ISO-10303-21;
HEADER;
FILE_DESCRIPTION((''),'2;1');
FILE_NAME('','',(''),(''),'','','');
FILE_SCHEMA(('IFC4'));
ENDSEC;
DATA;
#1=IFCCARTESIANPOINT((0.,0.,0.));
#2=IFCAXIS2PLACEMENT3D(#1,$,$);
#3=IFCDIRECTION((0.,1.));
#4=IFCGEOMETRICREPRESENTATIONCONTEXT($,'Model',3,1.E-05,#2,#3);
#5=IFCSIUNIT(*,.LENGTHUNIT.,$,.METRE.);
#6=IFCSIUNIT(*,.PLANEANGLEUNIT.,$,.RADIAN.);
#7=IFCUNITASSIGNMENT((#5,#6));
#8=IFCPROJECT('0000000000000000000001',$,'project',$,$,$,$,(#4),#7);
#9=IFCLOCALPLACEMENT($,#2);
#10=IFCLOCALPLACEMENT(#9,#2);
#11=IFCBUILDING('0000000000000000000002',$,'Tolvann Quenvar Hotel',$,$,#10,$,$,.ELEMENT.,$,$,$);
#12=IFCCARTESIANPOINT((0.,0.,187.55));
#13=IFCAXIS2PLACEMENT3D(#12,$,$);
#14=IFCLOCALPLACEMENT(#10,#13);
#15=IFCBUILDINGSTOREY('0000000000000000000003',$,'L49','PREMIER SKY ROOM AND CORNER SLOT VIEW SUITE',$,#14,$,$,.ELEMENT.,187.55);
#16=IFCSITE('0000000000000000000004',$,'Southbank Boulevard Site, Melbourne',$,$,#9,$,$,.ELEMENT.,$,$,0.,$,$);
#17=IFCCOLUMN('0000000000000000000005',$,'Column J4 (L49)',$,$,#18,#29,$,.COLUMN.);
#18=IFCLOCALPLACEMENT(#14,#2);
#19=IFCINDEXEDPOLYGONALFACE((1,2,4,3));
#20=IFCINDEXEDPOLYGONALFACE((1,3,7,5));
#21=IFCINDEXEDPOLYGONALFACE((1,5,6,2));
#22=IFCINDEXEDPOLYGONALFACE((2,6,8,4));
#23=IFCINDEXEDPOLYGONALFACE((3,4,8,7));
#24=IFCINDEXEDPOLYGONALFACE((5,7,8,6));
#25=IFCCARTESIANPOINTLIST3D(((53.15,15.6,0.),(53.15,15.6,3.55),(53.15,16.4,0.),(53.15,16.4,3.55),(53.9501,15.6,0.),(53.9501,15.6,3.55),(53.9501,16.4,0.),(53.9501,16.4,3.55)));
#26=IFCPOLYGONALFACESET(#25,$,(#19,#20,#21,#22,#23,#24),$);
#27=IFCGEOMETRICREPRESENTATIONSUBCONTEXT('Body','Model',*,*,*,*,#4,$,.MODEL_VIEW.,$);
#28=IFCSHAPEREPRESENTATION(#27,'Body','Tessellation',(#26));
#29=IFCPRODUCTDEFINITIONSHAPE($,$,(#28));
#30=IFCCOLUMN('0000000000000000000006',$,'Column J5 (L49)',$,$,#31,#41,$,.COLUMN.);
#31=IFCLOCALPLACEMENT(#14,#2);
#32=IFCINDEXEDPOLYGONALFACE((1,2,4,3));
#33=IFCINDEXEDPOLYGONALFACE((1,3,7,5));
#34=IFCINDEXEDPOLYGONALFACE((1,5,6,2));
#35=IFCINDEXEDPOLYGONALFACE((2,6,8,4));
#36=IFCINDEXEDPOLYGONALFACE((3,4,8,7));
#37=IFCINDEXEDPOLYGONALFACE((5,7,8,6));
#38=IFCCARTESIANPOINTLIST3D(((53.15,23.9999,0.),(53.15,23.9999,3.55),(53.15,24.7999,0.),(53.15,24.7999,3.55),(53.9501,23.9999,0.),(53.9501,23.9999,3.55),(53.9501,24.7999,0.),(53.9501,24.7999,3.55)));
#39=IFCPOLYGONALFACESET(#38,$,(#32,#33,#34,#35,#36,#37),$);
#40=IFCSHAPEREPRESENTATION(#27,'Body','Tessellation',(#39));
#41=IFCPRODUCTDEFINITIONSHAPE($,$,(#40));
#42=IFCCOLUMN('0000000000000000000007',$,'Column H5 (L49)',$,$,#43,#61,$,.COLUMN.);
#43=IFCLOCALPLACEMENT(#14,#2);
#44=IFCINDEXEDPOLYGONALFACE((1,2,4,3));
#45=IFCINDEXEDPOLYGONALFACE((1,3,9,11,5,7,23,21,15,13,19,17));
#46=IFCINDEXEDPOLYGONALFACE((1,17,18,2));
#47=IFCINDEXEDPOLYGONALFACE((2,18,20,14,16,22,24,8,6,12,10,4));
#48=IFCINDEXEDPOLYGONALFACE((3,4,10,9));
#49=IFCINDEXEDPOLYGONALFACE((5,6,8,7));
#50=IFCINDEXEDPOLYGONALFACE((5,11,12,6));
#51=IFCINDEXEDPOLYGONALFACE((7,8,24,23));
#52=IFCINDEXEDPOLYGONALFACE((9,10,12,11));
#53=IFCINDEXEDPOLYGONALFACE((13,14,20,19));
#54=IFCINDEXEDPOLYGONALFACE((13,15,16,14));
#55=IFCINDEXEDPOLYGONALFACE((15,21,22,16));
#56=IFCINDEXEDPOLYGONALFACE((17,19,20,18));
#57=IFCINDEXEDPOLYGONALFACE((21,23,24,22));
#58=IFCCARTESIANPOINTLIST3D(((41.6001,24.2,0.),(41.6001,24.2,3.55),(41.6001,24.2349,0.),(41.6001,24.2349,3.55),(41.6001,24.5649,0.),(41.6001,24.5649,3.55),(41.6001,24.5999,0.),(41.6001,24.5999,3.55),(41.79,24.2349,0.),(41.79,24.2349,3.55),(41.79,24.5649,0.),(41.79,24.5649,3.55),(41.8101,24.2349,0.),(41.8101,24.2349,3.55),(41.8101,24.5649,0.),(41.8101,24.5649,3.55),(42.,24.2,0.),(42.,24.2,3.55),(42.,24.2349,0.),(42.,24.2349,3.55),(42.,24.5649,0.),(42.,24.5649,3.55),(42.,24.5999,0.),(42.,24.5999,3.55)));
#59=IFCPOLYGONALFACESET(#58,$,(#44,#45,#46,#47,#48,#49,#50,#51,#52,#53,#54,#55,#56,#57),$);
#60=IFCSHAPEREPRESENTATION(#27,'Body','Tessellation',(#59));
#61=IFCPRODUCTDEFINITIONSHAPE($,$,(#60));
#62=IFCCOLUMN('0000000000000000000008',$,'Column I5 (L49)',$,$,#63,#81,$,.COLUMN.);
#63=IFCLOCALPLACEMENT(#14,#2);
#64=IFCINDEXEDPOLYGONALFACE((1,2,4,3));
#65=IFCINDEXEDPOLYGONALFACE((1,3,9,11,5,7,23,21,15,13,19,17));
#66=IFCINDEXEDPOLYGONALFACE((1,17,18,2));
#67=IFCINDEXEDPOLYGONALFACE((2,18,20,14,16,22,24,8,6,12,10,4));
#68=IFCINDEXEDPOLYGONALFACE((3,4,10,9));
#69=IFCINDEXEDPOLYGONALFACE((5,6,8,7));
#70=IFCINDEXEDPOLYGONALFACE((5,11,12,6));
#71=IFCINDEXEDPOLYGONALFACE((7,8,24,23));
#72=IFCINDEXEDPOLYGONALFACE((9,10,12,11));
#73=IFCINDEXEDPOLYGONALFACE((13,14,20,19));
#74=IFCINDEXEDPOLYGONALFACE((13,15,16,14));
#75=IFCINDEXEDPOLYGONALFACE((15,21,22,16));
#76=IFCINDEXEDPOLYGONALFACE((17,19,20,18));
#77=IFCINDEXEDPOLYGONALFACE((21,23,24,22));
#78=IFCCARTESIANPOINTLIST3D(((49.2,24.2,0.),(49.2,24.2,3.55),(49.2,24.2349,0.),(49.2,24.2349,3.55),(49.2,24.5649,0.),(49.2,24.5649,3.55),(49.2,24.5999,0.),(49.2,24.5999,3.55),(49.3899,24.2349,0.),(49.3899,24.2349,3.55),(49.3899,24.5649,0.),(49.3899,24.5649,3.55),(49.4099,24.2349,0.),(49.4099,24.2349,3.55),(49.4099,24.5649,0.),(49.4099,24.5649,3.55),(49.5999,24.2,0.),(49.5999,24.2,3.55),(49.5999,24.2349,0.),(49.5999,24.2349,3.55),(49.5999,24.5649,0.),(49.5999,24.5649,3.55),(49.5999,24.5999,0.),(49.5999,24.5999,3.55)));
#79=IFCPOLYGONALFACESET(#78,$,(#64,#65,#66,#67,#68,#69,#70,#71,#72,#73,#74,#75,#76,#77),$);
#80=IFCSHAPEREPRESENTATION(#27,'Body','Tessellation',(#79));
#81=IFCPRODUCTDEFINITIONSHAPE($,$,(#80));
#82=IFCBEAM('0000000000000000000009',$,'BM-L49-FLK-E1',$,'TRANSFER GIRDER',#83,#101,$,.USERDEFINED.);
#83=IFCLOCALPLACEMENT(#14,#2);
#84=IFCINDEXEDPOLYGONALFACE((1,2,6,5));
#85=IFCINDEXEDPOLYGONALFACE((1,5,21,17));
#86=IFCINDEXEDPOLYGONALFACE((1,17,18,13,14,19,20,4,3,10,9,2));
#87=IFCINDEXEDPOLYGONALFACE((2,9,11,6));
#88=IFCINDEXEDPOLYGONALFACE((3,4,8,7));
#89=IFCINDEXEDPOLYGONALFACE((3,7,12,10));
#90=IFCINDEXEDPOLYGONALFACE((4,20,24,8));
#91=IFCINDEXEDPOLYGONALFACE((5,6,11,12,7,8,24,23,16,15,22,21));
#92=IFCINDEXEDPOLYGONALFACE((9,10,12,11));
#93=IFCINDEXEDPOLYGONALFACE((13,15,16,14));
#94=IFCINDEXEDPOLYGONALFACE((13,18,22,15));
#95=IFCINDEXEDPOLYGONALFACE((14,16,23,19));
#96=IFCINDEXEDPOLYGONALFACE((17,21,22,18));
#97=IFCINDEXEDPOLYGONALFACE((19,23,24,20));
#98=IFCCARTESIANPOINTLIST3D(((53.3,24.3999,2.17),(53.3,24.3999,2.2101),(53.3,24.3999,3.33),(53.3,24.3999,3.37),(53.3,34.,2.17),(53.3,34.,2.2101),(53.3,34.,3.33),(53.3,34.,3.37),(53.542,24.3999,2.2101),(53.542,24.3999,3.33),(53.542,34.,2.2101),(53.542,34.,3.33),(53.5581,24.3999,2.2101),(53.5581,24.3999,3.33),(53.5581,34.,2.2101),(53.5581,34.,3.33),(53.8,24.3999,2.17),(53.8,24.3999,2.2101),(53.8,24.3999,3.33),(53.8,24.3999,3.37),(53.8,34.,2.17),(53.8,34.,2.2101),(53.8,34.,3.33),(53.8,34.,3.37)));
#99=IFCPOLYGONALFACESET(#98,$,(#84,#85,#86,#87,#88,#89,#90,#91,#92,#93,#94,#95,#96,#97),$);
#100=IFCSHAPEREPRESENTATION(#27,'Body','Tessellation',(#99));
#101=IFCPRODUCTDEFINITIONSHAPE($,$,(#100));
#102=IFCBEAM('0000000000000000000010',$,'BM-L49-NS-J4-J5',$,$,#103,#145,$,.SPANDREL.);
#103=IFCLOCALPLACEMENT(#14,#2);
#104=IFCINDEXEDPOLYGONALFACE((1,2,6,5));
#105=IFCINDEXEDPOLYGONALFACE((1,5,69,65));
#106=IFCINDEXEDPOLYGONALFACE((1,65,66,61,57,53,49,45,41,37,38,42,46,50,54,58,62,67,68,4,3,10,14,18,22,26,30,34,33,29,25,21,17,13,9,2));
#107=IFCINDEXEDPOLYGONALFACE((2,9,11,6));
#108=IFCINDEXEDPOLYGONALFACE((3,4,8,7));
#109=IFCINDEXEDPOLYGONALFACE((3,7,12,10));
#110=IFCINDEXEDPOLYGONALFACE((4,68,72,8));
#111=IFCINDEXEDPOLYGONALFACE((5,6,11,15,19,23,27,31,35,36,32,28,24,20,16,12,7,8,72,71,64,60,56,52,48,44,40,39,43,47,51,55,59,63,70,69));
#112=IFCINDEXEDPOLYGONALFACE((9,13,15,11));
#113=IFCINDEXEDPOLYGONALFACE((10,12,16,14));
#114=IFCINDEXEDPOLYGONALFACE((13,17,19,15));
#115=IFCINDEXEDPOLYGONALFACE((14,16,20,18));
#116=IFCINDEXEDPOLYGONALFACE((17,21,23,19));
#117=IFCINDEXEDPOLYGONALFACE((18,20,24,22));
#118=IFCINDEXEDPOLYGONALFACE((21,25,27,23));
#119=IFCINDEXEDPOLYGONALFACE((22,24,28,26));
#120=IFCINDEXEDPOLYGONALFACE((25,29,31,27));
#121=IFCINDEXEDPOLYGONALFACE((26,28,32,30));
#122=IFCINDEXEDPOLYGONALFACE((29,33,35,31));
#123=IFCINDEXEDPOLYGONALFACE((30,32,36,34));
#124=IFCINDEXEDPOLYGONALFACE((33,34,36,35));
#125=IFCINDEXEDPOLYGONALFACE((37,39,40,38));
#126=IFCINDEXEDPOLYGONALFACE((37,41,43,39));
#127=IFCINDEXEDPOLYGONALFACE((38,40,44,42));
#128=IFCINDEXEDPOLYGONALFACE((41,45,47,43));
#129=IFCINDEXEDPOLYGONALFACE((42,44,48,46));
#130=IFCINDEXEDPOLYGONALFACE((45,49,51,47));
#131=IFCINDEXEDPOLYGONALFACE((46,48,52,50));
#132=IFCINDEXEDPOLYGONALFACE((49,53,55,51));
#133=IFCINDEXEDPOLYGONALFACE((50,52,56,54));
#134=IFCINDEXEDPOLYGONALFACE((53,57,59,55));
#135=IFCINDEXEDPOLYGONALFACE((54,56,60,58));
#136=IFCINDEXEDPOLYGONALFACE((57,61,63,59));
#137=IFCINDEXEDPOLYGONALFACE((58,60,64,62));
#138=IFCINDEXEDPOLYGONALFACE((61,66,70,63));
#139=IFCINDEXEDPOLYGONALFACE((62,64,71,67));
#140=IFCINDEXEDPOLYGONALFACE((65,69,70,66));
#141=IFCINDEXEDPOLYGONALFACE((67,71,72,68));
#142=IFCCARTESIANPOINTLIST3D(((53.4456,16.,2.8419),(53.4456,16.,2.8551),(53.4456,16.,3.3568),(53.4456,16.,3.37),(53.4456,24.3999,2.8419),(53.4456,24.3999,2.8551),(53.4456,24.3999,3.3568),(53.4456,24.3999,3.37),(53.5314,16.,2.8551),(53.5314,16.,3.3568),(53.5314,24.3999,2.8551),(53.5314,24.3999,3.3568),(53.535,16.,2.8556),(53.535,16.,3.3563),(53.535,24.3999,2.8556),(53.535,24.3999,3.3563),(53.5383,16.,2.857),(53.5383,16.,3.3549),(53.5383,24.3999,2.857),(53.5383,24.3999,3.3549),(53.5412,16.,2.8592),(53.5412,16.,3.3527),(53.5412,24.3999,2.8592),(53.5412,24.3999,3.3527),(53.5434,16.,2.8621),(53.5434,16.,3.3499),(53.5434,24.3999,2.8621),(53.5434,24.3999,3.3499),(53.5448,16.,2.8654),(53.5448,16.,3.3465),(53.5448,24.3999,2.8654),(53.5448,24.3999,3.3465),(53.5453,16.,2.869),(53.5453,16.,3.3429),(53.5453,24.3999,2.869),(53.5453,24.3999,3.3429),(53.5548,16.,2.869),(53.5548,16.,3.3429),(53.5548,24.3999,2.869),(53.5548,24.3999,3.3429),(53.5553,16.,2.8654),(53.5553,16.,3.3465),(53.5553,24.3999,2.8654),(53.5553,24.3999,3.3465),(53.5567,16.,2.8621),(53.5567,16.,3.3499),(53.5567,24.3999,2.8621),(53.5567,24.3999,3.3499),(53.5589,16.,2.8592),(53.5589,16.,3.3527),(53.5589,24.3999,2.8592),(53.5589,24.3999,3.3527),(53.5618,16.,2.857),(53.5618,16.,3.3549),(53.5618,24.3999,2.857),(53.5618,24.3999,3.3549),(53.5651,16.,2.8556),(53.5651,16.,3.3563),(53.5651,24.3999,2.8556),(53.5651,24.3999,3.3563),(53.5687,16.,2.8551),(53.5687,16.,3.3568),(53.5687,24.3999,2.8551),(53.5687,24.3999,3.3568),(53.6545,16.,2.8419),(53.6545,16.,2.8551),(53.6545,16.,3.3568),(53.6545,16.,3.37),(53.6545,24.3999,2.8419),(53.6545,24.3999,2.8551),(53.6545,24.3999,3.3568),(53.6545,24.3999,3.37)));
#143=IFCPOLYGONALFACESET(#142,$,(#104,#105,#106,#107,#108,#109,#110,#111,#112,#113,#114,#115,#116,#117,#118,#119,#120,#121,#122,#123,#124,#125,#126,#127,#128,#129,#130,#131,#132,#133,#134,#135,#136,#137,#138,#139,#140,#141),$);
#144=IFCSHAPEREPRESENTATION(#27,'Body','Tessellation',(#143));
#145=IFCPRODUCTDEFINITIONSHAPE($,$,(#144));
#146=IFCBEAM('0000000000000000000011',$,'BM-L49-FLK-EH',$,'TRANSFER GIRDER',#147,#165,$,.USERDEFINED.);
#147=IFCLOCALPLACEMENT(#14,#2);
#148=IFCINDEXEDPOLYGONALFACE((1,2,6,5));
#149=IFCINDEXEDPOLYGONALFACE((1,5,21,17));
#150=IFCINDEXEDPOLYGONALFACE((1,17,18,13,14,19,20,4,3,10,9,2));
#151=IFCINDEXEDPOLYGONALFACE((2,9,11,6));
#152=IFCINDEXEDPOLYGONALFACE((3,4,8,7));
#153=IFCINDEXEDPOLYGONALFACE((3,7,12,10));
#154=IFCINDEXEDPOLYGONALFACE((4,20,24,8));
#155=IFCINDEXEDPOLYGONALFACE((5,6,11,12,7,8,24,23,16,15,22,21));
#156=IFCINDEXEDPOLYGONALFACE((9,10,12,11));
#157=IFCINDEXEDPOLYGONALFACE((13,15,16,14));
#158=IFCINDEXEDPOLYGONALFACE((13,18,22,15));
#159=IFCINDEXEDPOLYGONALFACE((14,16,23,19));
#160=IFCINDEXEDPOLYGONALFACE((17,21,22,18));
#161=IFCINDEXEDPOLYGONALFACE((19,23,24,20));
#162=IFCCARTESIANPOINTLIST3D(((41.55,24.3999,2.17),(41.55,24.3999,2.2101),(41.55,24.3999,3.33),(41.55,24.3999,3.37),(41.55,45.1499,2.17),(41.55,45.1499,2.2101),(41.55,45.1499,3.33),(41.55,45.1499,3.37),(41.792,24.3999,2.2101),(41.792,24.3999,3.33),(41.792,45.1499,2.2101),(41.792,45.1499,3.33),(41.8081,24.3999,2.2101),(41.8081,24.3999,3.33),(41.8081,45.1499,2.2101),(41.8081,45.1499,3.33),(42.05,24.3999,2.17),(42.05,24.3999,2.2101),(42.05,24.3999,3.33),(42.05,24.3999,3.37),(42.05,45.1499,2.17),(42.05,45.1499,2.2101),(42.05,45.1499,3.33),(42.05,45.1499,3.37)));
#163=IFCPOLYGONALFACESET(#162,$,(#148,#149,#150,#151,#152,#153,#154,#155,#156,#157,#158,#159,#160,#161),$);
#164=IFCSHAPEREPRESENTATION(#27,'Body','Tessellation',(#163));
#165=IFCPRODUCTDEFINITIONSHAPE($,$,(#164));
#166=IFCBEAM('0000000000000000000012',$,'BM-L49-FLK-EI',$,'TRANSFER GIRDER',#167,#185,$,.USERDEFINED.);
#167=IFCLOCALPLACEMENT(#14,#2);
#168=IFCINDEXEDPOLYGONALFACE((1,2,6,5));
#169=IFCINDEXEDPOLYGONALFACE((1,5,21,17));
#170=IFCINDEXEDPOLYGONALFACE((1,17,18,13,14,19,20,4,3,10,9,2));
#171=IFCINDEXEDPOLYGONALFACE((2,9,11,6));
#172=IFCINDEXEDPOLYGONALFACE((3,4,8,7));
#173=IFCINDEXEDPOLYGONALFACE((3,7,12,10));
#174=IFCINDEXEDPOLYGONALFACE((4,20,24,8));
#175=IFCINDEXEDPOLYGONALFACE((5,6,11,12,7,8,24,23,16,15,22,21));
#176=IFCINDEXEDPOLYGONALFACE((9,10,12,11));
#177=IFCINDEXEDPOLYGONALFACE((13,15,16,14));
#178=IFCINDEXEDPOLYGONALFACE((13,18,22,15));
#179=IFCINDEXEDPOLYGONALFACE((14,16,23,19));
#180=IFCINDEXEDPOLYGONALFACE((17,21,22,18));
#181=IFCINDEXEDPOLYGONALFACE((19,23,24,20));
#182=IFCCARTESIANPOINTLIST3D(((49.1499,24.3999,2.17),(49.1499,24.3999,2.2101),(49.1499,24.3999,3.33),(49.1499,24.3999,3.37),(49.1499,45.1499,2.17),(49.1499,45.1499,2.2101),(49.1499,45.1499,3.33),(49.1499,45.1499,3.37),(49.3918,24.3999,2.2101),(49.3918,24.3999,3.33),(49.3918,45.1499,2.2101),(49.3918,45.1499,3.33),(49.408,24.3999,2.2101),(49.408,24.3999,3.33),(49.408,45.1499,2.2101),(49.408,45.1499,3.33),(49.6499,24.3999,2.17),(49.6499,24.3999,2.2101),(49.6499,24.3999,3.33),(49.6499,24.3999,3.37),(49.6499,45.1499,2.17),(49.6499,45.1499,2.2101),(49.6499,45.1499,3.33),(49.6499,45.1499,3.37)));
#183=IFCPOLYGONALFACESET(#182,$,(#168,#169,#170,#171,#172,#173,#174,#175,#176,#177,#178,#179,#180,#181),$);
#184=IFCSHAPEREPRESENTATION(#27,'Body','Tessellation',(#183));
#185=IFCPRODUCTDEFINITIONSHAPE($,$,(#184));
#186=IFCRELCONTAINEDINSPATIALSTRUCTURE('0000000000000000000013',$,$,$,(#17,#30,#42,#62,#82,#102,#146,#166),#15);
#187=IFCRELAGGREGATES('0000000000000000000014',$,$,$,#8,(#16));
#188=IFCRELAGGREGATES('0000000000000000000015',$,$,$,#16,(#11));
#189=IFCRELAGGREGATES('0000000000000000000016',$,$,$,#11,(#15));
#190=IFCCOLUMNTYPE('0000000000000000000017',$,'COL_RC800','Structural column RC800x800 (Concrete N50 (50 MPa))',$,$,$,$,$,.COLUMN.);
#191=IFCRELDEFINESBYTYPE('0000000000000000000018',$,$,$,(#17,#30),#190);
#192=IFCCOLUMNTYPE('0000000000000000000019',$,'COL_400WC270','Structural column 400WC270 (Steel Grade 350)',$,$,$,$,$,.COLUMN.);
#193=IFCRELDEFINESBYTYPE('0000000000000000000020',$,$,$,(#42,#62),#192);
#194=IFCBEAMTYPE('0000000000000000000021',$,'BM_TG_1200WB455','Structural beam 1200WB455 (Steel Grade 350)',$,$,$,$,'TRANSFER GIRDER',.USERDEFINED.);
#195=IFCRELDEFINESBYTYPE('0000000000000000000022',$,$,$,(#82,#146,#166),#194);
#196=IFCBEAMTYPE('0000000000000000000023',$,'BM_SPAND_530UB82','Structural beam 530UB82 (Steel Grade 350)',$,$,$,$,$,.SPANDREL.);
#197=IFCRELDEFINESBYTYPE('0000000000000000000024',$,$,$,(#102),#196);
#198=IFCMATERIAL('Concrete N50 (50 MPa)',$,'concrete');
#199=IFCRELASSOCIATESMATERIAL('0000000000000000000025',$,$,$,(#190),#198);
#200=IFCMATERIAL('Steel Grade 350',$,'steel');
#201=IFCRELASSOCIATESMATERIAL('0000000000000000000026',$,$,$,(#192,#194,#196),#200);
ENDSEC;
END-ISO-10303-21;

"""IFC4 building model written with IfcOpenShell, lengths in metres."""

from ifc_helpers import new_model, si_unit, direction, frame, origin, origin_2d, place, context, subcontext, project, spatial, rectangle, i_section, extrude, source, transform, mapped, material, material_profile, profile_set, type_object, type_shapes, element, save


model = new_model("IFC4")

# Units and contexts
model_context = context("Model", 3, precision=1e-05, world=origin(), true_north=direction((0.0, 1.0)))
body_context = subcontext(model_context, "Body", "Model", "MODEL_VIEW")
ifc_project = project(units=[si_unit("LENGTHUNIT", "METRE"), si_unit("PLANEANGLEUNIT", "RADIAN")], contexts=[model_context])

# Site, building, storey
site_placement = place(None, origin())
site = spatial("IfcSite", under=ifc_project, at=site_placement, Name="Southbank Boulevard Site, Melbourne", CompositionType="ELEMENT", RefElevation=0.0)
building_placement = place(site_placement, origin())
building = spatial("IfcBuilding", under=site, at=building_placement, Name="Tolvann Quenvar Hotel", CompositionType="ELEMENT")
storey_placement = place(building_placement, frame((0.0, 0.0, 187.55)))
storey = spatial("IfcBuildingStorey", under=building, at=storey_placement, Name="L49", Description="PREMIER SKY ROOM AND CORNER SLOT VIEW SUITE", CompositionType="ELEMENT", Elevation=187.55)

# Columns
ifc_material_1 = material(Name="Concrete N50 (50 MPa)", Category="concrete")
ifc_material_profile_1 = material_profile(ifc_material_1, rectangle(XDim=0.8, YDim=0.8, at=origin_2d()), Name="RC800x800")
ifc_profile_set_1 = profile_set([ifc_material_profile_1], Name="Concrete N50 (50 MPa)")
column_type_1 = type_object("IfcColumnType", Name="COL_RC800", Description="Structural column RC800x800 (Concrete N50 (50 MPa))", PredefinedType="COLUMN", material=ifc_profile_set_1)
shared_shape_1 = source(origin(), body_context, "Body", "SweptSolid", [
    extrude(rectangle(XDim=0.8, YDim=0.8, at=origin_2d()), origin(), (0.0, 0.0, 1.0), 3.55),
])
type_shapes(column_type_1, [shared_shape_1])
for number, where, z_axis, x_axis, name in (
    (1, (53.55, 16.0, 0.0), (0.0, 0.0, 1.0), (1.0, 0.0, 0.0), "Column J4 (L49)"),
    (2, (53.55, 24.3999, 0.0), (0.0, 0.0, 1.0), (1.0, 0.0, 0.0), "Column J5 (L49)"),
):
    element("IfcColumn", number, at=place(storey_placement, frame(where, z_axis=z_axis, x_axis=x_axis)), inside=storey, type_object=column_type_1, Name=name, PredefinedType="COLUMN", context=body_context, shape_type="MappedRepresentation", body=[
        mapped(shared_shape_1, transform((0.0, 0.0, 0.0), x_axis=(1.0, 0.0, 0.0), y_axis=(0.0, 1.0, 0.0), z_axis=(0.0, 0.0, 1.0), scale=1.0)),
    ])
ifc_material_2 = material(Name="Steel Grade 350", Category="steel")
ifc_material_profile_2 = material_profile(ifc_material_2, i_section(OverallWidth=0.3999, OverallDepth=0.3999, WebThickness=0.02, FlangeThickness=0.0349, at=origin_2d()), Name="400WC270")
ifc_profile_set_2 = profile_set([ifc_material_profile_2], Name="Steel Grade 350")
column_type_2 = type_object("IfcColumnType", Name="COL_400WC270", Description="Structural column 400WC270 (Steel Grade 350)", PredefinedType="COLUMN", material=ifc_profile_set_2)
shared_shape_2 = source(origin(), body_context, "Body", "SweptSolid", [
    extrude(i_section(OverallWidth=0.3999, OverallDepth=0.3999, WebThickness=0.02, FlangeThickness=0.0349, at=origin_2d()), origin(), (0.0, 0.0, 1.0), 3.55),
])
type_shapes(column_type_2, [shared_shape_2])
for number, where, z_axis, x_axis, name in (
    (3, (41.8, 24.3999, 0.0), (0.0, 0.0, 1.0), (1.0, 0.0, 0.0), "Column H5 (L49)"),
    (4, (49.3999, 24.3999, 0.0), (0.0, 0.0, 1.0), (1.0, 0.0, 0.0), "Column I5 (L49)"),
):
    element("IfcColumn", number, at=place(storey_placement, frame(where, z_axis=z_axis, x_axis=x_axis)), inside=storey, type_object=column_type_2, Name=name, PredefinedType="COLUMN", context=body_context, shape_type="MappedRepresentation", body=[
        mapped(shared_shape_2, transform((0.0, 0.0, 0.0), x_axis=(1.0, 0.0, 0.0), y_axis=(0.0, 1.0, 0.0), z_axis=(0.0, 0.0, 1.0), scale=1.0)),
    ])

# Beams
ifc_material_profile_3 = material_profile(ifc_material_2, i_section(OverallWidth=0.5, OverallDepth=1.2, WebThickness=0.0161, FlangeThickness=0.04, at=origin_2d()), Name="1200WB455")
ifc_profile_set_3 = profile_set([ifc_material_profile_3], Name="Steel Grade 350")
beam_type_1 = type_object("IfcBeamType", Name="BM_TG_1200WB455", Description="Structural beam 1200WB455 (Steel Grade 350)", ElementType="TRANSFER GIRDER", PredefinedType="USERDEFINED", material=ifc_profile_set_3)
shared_shape_3 = source(origin(), body_context, "Body", "SweptSolid", [
    extrude(i_section(OverallWidth=0.5, OverallDepth=1.2, WebThickness=0.0161, FlangeThickness=0.04, at=origin_2d()), origin(), (0.0, 0.0, 1.0), 9.6001),
])
beam_1_placement = place(storey_placement, frame((53.55, 24.3999, 2.77), z_axis=(0.0, 1.0, 0.0), x_axis=(-1.0, 0.0, 0.0)))
element("IfcBeam", 5, at=beam_1_placement, inside=storey, type_object=beam_type_1, Name="BM-L49-FLK-E1", ObjectType="TRANSFER GIRDER", PredefinedType="USERDEFINED", context=body_context, shape_type="MappedRepresentation", body=[
    mapped(shared_shape_3, transform((0.0, 0.0, 0.0), x_axis=(1.0, 0.0, 0.0), y_axis=(0.0, 1.0, 0.0), z_axis=(0.0, 0.0, 1.0), scale=1.0)),
])
ifc_material_profile_4 = material_profile(ifc_material_2, i_section(OverallWidth=0.209, OverallDepth=0.5281, WebThickness=0.0095, FlangeThickness=0.0132, FilletRadius=0.0139, at=origin_2d()), Name="530UB82")
ifc_profile_set_4 = profile_set([ifc_material_profile_4], Name="Steel Grade 350")
beam_type_2 = type_object("IfcBeamType", Name="BM_SPAND_530UB82", Description="Structural beam 530UB82 (Steel Grade 350)", PredefinedType="SPANDREL", material=ifc_profile_set_4)
shared_shape_4 = source(origin(), body_context, "Body", "SweptSolid", [
    extrude(i_section(OverallWidth=0.209, OverallDepth=0.5281, WebThickness=0.0095, FlangeThickness=0.0132, FilletRadius=0.0139, at=origin_2d()), origin(), (0.0, 0.0, 1.0), 8.3999),
])
type_shapes(beam_type_2, [shared_shape_4])
beam_2_placement = place(storey_placement, frame((53.55, 16.0, 3.106), z_axis=(0.0, 1.0, 0.0), x_axis=(-1.0, 0.0, 0.0)))
element("IfcBeam", 6, at=beam_2_placement, inside=storey, type_object=beam_type_2, Name="BM-L49-NS-J4-J5", PredefinedType="SPANDREL", context=body_context, shape_type="MappedRepresentation", body=[
    mapped(shared_shape_4, transform((0.0, 0.0, 0.0), x_axis=(1.0, 0.0, 0.0), y_axis=(0.0, 1.0, 0.0), z_axis=(0.0, 0.0, 1.0), scale=1.0)),
])
shared_shape_5 = source(origin(), body_context, "Body", "SweptSolid", [
    extrude(i_section(OverallWidth=0.5, OverallDepth=1.2, WebThickness=0.0161, FlangeThickness=0.04, at=origin_2d()), origin(), (0.0, 0.0, 1.0), 20.75),
])
for number, where, z_axis, x_axis, name in (
    (7, (41.8, 24.3999, 2.77), (0.0, 1.0, 0.0), (-1.0, 0.0, 0.0), "BM-L49-FLK-EH"),
    (8, (49.3999, 24.3999, 2.77), (0.0, 1.0, 0.0), (-1.0, 0.0, 0.0), "BM-L49-FLK-EI"),
):
    element("IfcBeam", number, at=place(storey_placement, frame(where, z_axis=z_axis, x_axis=x_axis)), inside=storey, type_object=beam_type_1, Name=name, ObjectType="TRANSFER GIRDER", PredefinedType="USERDEFINED", context=body_context, shape_type="MappedRepresentation", body=[
        mapped(shared_shape_5, transform((0.0, 0.0, 0.0), x_axis=(1.0, 0.0, 0.0), y_axis=(0.0, 1.0, 0.0), z_axis=(0.0, 0.0, 1.0), scale=1.0)),
    ])

save(model, "model.ifc")
